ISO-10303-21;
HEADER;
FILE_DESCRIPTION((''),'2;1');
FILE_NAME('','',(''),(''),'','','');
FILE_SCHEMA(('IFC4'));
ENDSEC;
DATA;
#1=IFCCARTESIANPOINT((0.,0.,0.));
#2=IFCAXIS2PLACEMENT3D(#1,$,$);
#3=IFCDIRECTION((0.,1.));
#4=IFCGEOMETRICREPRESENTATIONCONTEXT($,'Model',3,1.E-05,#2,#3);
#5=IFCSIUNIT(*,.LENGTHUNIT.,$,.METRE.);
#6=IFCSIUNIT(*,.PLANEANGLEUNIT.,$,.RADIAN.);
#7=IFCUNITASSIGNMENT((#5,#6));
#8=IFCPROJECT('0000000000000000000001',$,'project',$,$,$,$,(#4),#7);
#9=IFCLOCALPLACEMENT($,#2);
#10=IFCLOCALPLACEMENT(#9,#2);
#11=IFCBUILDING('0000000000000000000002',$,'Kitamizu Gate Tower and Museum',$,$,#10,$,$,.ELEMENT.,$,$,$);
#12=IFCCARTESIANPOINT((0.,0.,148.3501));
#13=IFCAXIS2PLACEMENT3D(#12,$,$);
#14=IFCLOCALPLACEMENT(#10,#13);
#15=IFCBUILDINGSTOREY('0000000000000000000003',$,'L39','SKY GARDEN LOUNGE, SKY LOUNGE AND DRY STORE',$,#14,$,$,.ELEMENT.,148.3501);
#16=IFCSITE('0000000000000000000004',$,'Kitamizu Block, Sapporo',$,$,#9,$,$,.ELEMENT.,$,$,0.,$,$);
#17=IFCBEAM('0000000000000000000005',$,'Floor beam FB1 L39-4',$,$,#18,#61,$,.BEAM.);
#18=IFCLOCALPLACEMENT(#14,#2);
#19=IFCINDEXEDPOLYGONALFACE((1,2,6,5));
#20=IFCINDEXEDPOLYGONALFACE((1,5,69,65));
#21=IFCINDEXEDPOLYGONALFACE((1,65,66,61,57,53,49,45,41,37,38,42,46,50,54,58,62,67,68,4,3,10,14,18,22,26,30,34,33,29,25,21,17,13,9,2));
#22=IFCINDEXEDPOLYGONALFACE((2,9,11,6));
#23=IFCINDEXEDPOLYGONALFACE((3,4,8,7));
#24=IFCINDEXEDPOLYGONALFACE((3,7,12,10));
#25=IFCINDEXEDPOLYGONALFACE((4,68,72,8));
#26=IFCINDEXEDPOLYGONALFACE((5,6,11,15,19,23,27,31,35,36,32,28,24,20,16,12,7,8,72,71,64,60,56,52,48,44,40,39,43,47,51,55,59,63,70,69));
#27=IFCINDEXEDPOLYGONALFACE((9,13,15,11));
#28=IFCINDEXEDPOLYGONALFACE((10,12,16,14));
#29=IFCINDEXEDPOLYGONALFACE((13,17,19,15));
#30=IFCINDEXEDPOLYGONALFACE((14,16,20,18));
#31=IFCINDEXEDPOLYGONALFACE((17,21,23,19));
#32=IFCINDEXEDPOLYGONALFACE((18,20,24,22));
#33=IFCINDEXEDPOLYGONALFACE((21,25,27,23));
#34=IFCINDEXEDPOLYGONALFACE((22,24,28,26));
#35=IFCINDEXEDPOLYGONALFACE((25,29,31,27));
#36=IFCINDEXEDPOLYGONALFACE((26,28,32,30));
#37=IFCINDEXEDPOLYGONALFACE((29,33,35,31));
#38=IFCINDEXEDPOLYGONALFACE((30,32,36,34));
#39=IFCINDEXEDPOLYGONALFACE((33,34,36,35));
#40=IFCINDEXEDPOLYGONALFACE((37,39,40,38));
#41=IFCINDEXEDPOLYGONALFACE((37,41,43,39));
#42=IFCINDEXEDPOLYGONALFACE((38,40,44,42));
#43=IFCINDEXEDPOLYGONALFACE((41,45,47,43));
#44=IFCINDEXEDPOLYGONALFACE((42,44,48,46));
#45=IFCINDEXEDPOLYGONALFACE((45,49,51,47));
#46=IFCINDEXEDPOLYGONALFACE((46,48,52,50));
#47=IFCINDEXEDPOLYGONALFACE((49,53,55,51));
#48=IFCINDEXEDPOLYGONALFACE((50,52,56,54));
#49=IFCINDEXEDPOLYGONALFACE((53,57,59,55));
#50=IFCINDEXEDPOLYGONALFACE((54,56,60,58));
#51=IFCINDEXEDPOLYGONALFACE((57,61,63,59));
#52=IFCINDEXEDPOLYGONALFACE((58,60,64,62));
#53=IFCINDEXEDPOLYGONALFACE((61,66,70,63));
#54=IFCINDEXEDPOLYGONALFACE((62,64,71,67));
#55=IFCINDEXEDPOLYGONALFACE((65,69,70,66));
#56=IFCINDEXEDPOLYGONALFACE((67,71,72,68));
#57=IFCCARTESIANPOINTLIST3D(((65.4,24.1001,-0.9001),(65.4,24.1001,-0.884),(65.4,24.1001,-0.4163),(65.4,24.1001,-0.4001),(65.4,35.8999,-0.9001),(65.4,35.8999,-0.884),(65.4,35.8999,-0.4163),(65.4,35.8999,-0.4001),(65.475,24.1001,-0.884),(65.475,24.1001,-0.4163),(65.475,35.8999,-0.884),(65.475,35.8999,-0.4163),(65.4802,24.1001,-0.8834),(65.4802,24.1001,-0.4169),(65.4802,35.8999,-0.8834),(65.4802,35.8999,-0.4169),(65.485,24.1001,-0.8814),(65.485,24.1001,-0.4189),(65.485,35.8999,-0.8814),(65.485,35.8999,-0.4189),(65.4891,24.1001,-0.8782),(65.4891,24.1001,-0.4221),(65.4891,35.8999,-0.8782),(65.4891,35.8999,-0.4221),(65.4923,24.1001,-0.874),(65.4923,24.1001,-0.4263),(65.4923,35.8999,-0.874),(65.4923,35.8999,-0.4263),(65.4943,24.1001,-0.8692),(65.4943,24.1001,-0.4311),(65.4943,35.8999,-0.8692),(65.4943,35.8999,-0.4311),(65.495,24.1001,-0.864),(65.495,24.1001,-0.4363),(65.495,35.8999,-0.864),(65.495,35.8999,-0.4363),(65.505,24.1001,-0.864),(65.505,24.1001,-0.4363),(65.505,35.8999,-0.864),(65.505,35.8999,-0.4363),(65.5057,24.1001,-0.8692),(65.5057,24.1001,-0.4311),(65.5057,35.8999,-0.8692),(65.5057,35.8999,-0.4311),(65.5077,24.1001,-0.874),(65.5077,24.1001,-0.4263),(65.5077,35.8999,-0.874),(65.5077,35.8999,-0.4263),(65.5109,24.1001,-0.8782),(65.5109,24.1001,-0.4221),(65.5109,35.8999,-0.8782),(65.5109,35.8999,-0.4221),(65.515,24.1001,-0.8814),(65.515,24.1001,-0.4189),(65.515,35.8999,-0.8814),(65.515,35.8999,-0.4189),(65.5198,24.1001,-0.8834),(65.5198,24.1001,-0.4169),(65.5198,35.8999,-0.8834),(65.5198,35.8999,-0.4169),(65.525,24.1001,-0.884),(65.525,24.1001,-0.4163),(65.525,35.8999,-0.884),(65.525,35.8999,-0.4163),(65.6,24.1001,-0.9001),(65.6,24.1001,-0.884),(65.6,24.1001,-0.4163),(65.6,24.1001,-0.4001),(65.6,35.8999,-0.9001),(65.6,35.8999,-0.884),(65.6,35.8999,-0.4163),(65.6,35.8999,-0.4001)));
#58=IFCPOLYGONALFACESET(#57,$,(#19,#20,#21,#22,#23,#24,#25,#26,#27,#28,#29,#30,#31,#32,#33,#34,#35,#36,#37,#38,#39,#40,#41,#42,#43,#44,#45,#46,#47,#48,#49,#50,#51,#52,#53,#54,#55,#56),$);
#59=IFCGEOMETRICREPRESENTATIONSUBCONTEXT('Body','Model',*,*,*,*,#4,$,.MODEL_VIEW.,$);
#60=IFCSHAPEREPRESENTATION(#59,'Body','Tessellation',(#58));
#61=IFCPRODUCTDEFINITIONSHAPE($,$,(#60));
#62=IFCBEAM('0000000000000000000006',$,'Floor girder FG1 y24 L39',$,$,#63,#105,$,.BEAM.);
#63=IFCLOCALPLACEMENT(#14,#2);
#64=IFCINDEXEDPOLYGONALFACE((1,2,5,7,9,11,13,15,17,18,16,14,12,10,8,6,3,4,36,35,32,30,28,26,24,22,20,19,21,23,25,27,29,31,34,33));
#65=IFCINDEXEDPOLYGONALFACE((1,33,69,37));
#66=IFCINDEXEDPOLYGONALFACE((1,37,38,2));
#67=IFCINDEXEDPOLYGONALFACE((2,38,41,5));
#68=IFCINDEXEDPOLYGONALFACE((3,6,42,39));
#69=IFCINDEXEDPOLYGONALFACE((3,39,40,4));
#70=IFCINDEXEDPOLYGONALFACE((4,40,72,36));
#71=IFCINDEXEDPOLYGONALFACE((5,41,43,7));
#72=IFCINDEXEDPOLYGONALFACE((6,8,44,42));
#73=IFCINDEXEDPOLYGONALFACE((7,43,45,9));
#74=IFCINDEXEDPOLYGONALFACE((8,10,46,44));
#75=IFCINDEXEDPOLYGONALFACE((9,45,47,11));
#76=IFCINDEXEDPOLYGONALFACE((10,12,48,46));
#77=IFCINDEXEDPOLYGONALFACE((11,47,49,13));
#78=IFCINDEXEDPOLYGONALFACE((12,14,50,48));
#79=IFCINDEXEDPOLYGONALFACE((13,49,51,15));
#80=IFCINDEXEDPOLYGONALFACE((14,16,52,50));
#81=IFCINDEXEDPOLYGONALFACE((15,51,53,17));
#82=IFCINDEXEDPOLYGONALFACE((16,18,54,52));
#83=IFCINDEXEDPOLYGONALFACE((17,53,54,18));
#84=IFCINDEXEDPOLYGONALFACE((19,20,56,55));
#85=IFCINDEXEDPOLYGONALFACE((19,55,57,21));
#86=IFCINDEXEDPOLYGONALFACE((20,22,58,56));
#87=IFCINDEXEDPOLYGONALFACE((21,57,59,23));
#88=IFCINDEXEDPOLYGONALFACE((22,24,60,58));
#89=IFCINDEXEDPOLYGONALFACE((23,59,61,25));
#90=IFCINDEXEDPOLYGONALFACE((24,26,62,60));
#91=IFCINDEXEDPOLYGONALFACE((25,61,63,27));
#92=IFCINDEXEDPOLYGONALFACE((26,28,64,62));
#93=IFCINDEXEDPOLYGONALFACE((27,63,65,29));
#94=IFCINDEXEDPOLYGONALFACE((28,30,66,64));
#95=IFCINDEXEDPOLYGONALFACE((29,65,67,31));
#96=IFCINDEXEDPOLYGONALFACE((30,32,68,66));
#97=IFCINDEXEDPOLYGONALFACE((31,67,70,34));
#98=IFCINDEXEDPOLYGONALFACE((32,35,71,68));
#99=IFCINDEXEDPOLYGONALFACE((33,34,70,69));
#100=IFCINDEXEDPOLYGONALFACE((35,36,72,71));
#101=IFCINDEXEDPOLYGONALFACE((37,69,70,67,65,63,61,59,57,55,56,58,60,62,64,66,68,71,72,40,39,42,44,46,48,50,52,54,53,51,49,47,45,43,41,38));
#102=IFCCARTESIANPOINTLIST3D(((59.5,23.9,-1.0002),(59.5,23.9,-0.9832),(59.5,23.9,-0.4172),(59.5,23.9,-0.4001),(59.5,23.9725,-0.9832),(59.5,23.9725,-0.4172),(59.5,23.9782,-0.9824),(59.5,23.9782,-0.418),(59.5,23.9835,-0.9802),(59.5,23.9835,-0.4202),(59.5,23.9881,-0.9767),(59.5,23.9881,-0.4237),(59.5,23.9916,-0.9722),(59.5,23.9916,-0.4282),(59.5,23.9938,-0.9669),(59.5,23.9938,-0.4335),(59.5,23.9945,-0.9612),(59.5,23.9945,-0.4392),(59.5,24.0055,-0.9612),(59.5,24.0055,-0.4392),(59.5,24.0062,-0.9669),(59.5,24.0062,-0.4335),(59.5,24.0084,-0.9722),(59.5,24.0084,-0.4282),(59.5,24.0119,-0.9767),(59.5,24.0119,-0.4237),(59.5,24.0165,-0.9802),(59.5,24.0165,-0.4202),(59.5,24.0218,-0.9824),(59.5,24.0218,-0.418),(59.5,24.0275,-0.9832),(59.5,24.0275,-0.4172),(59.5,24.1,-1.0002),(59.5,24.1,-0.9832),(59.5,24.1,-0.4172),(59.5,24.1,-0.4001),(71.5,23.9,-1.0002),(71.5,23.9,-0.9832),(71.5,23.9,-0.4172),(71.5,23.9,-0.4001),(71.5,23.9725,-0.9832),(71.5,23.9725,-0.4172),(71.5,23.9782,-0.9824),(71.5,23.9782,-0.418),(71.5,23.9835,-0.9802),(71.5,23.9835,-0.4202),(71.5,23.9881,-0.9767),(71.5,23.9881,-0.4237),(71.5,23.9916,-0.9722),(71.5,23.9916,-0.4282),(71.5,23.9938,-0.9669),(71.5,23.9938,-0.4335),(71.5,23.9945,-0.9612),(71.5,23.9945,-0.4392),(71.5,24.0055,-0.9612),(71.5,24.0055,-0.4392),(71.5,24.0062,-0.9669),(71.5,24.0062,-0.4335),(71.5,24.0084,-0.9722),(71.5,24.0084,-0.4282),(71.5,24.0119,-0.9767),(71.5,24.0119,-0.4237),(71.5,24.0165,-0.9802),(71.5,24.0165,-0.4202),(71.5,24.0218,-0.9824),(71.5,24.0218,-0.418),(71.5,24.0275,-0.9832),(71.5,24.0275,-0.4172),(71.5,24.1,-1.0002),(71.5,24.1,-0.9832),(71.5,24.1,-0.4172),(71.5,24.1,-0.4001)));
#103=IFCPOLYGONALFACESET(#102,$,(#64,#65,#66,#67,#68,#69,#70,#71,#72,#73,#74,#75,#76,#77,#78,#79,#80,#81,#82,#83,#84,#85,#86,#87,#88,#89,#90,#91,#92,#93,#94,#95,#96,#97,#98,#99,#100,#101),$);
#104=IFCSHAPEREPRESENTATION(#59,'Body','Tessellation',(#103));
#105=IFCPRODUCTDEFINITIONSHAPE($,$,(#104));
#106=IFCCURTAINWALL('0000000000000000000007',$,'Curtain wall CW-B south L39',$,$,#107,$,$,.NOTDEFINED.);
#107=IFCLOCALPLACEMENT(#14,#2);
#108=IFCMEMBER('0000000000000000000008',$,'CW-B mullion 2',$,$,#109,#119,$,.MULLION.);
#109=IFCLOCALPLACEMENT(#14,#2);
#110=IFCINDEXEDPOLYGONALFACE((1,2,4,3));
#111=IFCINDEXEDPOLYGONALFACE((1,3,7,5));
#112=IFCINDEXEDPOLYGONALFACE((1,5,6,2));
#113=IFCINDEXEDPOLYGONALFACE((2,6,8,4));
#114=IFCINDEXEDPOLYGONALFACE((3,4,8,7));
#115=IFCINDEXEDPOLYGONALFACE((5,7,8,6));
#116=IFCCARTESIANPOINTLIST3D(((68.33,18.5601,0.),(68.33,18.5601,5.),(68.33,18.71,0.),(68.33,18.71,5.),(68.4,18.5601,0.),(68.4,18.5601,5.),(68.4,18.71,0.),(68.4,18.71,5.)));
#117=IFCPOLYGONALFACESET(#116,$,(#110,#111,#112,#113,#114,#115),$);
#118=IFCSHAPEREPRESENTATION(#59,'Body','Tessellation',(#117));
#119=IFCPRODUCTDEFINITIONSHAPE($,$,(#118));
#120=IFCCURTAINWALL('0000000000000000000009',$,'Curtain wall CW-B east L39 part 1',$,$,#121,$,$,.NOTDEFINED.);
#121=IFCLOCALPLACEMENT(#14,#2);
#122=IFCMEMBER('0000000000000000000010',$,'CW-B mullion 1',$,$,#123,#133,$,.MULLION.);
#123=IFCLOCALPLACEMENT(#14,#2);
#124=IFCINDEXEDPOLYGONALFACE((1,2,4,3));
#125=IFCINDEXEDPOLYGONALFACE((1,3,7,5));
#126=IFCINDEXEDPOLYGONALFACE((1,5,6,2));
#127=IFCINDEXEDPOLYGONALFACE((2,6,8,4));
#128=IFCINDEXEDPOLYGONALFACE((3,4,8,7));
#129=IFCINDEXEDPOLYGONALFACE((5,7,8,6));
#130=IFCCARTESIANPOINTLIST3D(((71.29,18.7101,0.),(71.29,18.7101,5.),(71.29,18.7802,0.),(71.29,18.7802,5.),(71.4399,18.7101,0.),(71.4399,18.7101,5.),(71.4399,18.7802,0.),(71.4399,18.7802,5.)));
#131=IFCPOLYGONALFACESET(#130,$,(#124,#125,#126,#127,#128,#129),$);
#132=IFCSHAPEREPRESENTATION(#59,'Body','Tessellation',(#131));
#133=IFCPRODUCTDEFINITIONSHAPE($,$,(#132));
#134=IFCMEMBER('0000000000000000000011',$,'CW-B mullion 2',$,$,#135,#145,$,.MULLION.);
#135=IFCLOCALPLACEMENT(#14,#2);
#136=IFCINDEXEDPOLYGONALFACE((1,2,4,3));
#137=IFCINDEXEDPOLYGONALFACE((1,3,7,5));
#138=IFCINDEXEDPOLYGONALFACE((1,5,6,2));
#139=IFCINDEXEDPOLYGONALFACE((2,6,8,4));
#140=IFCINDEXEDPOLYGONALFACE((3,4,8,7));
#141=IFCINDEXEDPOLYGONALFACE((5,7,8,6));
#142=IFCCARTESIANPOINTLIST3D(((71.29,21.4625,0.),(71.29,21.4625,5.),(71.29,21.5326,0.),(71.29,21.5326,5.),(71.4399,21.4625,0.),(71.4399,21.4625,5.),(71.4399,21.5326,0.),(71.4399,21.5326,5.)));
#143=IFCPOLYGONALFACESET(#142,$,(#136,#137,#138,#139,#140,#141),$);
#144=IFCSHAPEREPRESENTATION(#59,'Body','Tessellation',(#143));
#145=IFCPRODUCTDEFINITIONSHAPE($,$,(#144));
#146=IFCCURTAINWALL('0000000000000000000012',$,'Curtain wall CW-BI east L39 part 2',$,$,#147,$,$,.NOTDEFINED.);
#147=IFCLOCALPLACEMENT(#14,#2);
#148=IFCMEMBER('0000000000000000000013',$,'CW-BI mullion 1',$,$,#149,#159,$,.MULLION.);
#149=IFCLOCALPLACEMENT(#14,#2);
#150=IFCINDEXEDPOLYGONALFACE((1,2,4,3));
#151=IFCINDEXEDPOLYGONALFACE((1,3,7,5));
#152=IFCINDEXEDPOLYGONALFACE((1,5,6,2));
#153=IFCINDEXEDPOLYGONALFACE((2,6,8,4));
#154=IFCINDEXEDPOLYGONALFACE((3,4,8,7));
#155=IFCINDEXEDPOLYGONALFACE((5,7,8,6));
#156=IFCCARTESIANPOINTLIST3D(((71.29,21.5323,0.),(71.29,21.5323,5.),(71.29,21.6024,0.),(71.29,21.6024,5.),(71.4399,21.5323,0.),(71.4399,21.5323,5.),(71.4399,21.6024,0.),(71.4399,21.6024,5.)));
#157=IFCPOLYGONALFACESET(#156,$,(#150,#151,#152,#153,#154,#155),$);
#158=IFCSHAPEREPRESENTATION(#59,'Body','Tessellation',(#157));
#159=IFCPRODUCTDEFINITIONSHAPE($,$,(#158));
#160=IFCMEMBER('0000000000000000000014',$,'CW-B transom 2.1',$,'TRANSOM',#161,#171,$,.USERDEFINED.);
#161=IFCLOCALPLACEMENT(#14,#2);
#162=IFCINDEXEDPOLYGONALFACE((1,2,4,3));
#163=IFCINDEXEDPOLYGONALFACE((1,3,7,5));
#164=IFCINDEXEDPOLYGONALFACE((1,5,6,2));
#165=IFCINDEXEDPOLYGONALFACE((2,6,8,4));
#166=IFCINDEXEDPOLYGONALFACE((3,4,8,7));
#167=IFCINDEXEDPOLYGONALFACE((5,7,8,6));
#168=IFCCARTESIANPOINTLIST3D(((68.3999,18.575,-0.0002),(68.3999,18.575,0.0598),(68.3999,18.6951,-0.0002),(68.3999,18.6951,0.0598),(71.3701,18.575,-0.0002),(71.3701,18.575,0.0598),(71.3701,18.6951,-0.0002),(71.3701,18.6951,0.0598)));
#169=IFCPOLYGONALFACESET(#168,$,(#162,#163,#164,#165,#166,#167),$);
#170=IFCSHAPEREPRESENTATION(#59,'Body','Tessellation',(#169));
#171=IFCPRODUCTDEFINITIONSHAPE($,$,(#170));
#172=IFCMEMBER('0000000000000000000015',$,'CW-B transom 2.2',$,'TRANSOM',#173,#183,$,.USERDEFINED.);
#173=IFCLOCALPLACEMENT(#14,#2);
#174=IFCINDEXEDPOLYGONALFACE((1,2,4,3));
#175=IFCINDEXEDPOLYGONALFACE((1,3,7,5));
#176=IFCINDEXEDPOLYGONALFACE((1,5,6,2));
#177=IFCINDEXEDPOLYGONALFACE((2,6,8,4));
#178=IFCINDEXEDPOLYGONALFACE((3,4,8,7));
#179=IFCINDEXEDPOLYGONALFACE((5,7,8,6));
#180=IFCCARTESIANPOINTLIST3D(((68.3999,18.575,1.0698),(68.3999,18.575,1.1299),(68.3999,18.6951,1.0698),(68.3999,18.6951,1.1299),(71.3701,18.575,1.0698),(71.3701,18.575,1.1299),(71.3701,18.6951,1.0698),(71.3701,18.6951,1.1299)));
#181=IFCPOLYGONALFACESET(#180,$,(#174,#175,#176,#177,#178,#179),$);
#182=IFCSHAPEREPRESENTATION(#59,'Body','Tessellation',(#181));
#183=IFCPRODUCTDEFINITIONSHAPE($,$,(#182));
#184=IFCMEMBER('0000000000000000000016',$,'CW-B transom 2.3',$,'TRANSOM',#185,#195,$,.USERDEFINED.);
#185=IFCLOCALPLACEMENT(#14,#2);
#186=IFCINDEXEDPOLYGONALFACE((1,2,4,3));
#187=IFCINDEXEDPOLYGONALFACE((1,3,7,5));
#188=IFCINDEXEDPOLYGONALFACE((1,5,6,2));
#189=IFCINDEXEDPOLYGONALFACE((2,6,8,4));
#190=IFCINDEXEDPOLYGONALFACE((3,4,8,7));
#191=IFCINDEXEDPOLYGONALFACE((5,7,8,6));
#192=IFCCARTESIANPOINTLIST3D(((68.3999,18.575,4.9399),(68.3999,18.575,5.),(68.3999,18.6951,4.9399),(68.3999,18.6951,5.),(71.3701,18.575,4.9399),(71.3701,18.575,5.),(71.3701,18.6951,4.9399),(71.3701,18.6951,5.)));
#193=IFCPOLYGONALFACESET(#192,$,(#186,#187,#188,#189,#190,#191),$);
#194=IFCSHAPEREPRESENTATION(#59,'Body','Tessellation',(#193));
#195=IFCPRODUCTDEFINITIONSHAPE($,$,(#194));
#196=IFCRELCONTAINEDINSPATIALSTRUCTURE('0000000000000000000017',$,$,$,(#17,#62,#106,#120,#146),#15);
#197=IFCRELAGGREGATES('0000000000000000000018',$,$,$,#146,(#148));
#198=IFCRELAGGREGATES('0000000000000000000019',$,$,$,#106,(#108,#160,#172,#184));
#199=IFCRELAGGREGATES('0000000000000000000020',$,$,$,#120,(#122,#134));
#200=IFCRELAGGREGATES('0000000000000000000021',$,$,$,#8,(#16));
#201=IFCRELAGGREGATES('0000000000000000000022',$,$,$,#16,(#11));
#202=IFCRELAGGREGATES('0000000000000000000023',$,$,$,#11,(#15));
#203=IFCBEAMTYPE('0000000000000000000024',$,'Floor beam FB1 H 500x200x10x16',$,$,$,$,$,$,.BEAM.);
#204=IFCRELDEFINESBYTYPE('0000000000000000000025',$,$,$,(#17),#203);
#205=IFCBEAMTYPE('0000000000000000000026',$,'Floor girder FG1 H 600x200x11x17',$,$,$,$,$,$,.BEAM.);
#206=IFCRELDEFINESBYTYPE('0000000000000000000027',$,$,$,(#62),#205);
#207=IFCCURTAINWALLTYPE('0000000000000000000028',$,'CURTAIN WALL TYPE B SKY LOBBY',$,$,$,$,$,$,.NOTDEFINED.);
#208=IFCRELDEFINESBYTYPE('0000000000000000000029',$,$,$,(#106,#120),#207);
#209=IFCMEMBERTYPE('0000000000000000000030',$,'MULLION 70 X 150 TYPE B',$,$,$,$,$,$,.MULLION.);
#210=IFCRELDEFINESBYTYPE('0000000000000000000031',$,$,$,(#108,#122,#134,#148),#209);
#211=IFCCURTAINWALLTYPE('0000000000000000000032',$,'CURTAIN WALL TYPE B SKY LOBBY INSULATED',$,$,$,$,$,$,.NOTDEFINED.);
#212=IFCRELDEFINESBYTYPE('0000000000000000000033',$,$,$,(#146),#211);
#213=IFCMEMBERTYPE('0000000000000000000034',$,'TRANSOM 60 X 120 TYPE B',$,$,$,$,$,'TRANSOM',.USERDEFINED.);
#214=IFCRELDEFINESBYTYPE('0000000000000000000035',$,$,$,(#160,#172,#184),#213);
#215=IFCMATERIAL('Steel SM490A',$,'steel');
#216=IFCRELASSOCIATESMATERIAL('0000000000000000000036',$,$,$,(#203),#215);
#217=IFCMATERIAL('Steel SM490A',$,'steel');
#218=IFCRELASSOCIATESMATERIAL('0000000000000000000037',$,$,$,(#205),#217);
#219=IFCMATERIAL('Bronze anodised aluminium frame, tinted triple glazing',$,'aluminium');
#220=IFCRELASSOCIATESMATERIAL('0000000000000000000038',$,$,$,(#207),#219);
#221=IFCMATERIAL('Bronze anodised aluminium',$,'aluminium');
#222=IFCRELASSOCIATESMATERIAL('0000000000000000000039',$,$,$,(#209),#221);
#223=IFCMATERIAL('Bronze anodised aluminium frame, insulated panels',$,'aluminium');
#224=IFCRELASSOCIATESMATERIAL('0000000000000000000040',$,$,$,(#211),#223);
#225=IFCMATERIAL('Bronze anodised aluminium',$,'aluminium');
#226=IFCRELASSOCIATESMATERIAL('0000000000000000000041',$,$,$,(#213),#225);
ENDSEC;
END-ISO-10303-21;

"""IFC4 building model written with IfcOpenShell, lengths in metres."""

from ifc_helpers import new_model, si_unit, direction, frame, origin, origin_2d, place, context, subcontext, project, spatial, rectangle, i_section, extrude, material, material_profile, profile_set, type_object, element, aggregate, save


model = new_model("IFC4")

# Units and contexts
model_context = context("Model", 3, precision=1e-05, world=origin(), true_north=direction((0.0, 1.0)))
body_context = subcontext(model_context, "Body", "Model", "MODEL_VIEW")
ifc_project = project(units=[si_unit("LENGTHUNIT", "METRE"), si_unit("PLANEANGLEUNIT", "RADIAN")], contexts=[model_context])

# Site, building, storey
site_placement = place(None, origin())
site = spatial("IfcSite", under=ifc_project, at=site_placement, Name="Kitamizu Block, Sapporo", CompositionType="ELEMENT", RefElevation=0.0)
building_placement = place(site_placement, origin())
building = spatial("IfcBuilding", under=site, at=building_placement, Name="Kitamizu Gate Tower and Museum", CompositionType="ELEMENT")
storey_placement = place(building_placement, frame((0.0, 0.0, 148.3501)))
storey = spatial("IfcBuildingStorey", under=building, at=storey_placement, Name="L39", Description="SKY GARDEN LOUNGE, SKY LOUNGE AND DRY STORE", CompositionType="ELEMENT", Elevation=148.3501)

# Beams
ifc_material_1 = material(Name="Steel SM490A", Category="steel")
ifc_material_profile_1 = material_profile(ifc_material_1, i_section(OverallWidth=0.2, OverallDepth=0.5, WebThickness=0.01, FlangeThickness=0.0161, FilletRadius=0.02, at=origin_2d()), Name="H-500x200x10x16")
ifc_profile_set_1 = profile_set([ifc_material_profile_1], Name="Steel SM490A")
beam_type_1 = type_object("IfcBeamType", Name="Floor beam FB1 H 500x200x10x16", PredefinedType="BEAM", material=ifc_profile_set_1)
beam_1_placement = place(storey_placement, frame((65.5, 24.1001, -0.6501), z_axis=(0.0, 1.0, 0.0), x_axis=(-1.0, 0.0, 0.0)))
element("IfcBeam", 1, at=beam_1_placement, inside=storey, type_object=beam_type_1, Name="Floor beam FB1 L39-4", PredefinedType="BEAM", context=body_context, shape_type="SweptSolid", body=[
    extrude(i_section(OverallWidth=0.2, OverallDepth=0.5, WebThickness=0.01, FlangeThickness=0.0161, FilletRadius=0.02, at=origin_2d()), origin(), (0.0, 0.0, 1.0), 11.7998),
])
ifc_material_2 = material(Name="Steel SM490A", Category="steel")
ifc_material_profile_2 = material_profile(ifc_material_2, i_section(OverallWidth=0.2, OverallDepth=0.6001, WebThickness=0.011, FlangeThickness=0.0171, FilletRadius=0.022, at=origin_2d()), Name="H-600x200x11x17")
ifc_profile_set_2 = profile_set([ifc_material_profile_2], Name="Steel SM490A")
beam_type_2 = type_object("IfcBeamType", Name="Floor girder FG1 H 600x200x11x17", PredefinedType="BEAM", material=ifc_profile_set_2)
beam_2_placement = place(storey_placement, frame((59.5, 24.0, -0.7002), z_axis=(1.0, 0.0, 0.0), x_axis=(0.0, 1.0, 0.0)))
element("IfcBeam", 2, at=beam_2_placement, inside=storey, type_object=beam_type_2, Name="Floor girder FG1 y24 L39", PredefinedType="BEAM", context=body_context, shape_type="SweptSolid", body=[
    extrude(i_section(OverallWidth=0.2, OverallDepth=0.6001, WebThickness=0.011, FlangeThickness=0.0171, FilletRadius=0.022, at=origin_2d()), origin(), (0.0, 0.0, 1.0), 12.0),
])

# Curtain wall, member
ifc_material_3 = material(Name="Bronze anodised aluminium frame, tinted triple glazing", Category="aluminium")
curtain_wall_type_1 = type_object("IfcCurtainWallType", Name="CURTAIN WALL TYPE B SKY LOBBY", PredefinedType="NOTDEFINED", material=ifc_material_3)
curtain_wall_1_placement = place(storey_placement, origin())
curtain_wall_1 = element("IfcCurtainWall", 3, at=curtain_wall_1_placement, inside=storey, type_object=curtain_wall_type_1, Name="Curtain wall CW-B south L39", PredefinedType="NOTDEFINED")
ifc_material_4 = material(Name="Bronze anodised aluminium", Category="aluminium")
ifc_material_profile_3 = material_profile(ifc_material_4, rectangle(XDim=0.0701, YDim=0.1499, at=origin_2d()), Name="AL 70X150")
ifc_profile_set_3 = profile_set([ifc_material_profile_3], Name="Bronze anodised aluminium")
member_type_1 = type_object("IfcMemberType", Name="MULLION 70 X 150 TYPE B", PredefinedType="MULLION", material=ifc_profile_set_3)
member_1_placement = place(storey_placement, frame((68.365, 18.635, 0.0), z_axis=(0.0, 0.0, 1.0), x_axis=(1.0, 0.0, 0.0)))
member_1 = element("IfcMember", 4, at=member_1_placement, type_object=member_type_1, Name="CW-B mullion 2", PredefinedType="MULLION", context=body_context, shape_type="SweptSolid", body=[
    extrude(rectangle(XDim=0.0701, YDim=0.1499, at=origin_2d()), origin(), (0.0, 0.0, 1.0), 5.0),
])

# Curtain wall, members
curtain_wall_2_placement = place(storey_placement, origin())
curtain_wall_2 = element("IfcCurtainWall", 5, at=curtain_wall_2_placement, inside=storey, type_object=curtain_wall_type_1, Name="Curtain wall CW-B east L39 part 1", PredefinedType="NOTDEFINED")
member_2_placement = place(storey_placement, frame((71.365, 18.7451, 0.0), z_axis=(0.0, 0.0, 1.0), x_axis=(0.0, 1.0, 0.0)))
member_2 = element("IfcMember", 6, at=member_2_placement, type_object=member_type_1, Name="CW-B mullion 1", PredefinedType="MULLION", context=body_context, shape_type="SweptSolid", body=[
    extrude(rectangle(XDim=0.0701, YDim=0.1499, at=origin_2d()), origin(), (0.0, 0.0, 1.0), 5.0),
])
member_3_placement = place(storey_placement, frame((71.365, 21.4976, 0.0), z_axis=(0.0, 0.0, 1.0), x_axis=(0.0, 1.0, 0.0)))
member_3 = element("IfcMember", 7, at=member_3_placement, type_object=member_type_1, Name="CW-B mullion 2", PredefinedType="MULLION", context=body_context, shape_type="SweptSolid", body=[
    extrude(rectangle(XDim=0.0701, YDim=0.1499, at=origin_2d()), origin(), (0.0, 0.0, 1.0), 5.0),
])

# Curtain wall, member
ifc_material_5 = material(Name="Bronze anodised aluminium frame, insulated panels", Category="aluminium")
curtain_wall_type_2 = type_object("IfcCurtainWallType", Name="CURTAIN WALL TYPE B SKY LOBBY INSULATED", PredefinedType="NOTDEFINED", material=ifc_material_5)
curtain_wall_3_placement = place(storey_placement, origin())
curtain_wall_3 = element("IfcCurtainWall", 8, at=curtain_wall_3_placement, inside=storey, type_object=curtain_wall_type_2, Name="Curtain wall CW-BI east L39 part 2", PredefinedType="NOTDEFINED")
member_4_placement = place(storey_placement, frame((71.365, 21.5674, 0.0), z_axis=(0.0, 0.0, 1.0), x_axis=(0.0, 1.0, 0.0)))
member_4 = element("IfcMember", 9, at=member_4_placement, type_object=member_type_1, Name="CW-BI mullion 1", PredefinedType="MULLION", context=body_context, shape_type="SweptSolid", body=[
    extrude(rectangle(XDim=0.0701, YDim=0.1499, at=origin_2d()), origin(), (0.0, 0.0, 1.0), 5.0),
])
aggregate(curtain_wall_3, [member_4])

# Members
ifc_material_6 = material(Name="Bronze anodised aluminium", Category="aluminium")
ifc_material_profile_4 = material_profile(ifc_material_6, rectangle(XDim=0.1201, YDim=0.0601, at=origin_2d()), Name="AL 60X120")
ifc_profile_set_4 = profile_set([ifc_material_profile_4], Name="Bronze anodised aluminium")
member_type_2 = type_object("IfcMemberType", Name="TRANSOM 60 X 120 TYPE B", ElementType="TRANSOM", PredefinedType="USERDEFINED", material=ifc_profile_set_4)
member_5_placement = place(storey_placement, frame((68.3999, 18.635, 0.0298), z_axis=(1.0, 0.0, 0.0), x_axis=(0.0, 1.0, 0.0)))
member_5 = element("IfcMember", 10, at=member_5_placement, type_object=member_type_2, Name="CW-B transom 2.1", ObjectType="TRANSOM", PredefinedType="USERDEFINED", context=body_context, shape_type="SweptSolid", body=[
    extrude(rectangle(XDim=0.1201, YDim=0.0601, at=origin_2d()), origin(), (0.0, 0.0, 1.0), 2.9702),
])
member_6_placement = place(storey_placement, frame((68.3999, 18.635, 1.0999), z_axis=(1.0, 0.0, 0.0), x_axis=(0.0, 1.0, 0.0)))
member_6 = element("IfcMember", 11, at=member_6_placement, type_object=member_type_2, Name="CW-B transom 2.2", ObjectType="TRANSOM", PredefinedType="USERDEFINED", context=body_context, shape_type="SweptSolid", body=[
    extrude(rectangle(XDim=0.1201, YDim=0.0601, at=origin_2d()), origin(), (0.0, 0.0, 1.0), 2.9702),
])
member_7_placement = place(storey_placement, frame((68.3999, 18.635, 4.97), z_axis=(1.0, 0.0, 0.0), x_axis=(0.0, 1.0, 0.0)))
member_7 = element("IfcMember", 12, at=member_7_placement, type_object=member_type_2, Name="CW-B transom 2.3", ObjectType="TRANSOM", PredefinedType="USERDEFINED", context=body_context, shape_type="SweptSolid", body=[
    extrude(rectangle(XDim=0.1201, YDim=0.0601, at=origin_2d()), origin(), (0.0, 0.0, 1.0), 2.9702),
])

aggregate(curtain_wall_1, [member_1, member_5, member_6, member_7])
aggregate(curtain_wall_2, [member_2, member_3])

save(model, "model.ifc")
